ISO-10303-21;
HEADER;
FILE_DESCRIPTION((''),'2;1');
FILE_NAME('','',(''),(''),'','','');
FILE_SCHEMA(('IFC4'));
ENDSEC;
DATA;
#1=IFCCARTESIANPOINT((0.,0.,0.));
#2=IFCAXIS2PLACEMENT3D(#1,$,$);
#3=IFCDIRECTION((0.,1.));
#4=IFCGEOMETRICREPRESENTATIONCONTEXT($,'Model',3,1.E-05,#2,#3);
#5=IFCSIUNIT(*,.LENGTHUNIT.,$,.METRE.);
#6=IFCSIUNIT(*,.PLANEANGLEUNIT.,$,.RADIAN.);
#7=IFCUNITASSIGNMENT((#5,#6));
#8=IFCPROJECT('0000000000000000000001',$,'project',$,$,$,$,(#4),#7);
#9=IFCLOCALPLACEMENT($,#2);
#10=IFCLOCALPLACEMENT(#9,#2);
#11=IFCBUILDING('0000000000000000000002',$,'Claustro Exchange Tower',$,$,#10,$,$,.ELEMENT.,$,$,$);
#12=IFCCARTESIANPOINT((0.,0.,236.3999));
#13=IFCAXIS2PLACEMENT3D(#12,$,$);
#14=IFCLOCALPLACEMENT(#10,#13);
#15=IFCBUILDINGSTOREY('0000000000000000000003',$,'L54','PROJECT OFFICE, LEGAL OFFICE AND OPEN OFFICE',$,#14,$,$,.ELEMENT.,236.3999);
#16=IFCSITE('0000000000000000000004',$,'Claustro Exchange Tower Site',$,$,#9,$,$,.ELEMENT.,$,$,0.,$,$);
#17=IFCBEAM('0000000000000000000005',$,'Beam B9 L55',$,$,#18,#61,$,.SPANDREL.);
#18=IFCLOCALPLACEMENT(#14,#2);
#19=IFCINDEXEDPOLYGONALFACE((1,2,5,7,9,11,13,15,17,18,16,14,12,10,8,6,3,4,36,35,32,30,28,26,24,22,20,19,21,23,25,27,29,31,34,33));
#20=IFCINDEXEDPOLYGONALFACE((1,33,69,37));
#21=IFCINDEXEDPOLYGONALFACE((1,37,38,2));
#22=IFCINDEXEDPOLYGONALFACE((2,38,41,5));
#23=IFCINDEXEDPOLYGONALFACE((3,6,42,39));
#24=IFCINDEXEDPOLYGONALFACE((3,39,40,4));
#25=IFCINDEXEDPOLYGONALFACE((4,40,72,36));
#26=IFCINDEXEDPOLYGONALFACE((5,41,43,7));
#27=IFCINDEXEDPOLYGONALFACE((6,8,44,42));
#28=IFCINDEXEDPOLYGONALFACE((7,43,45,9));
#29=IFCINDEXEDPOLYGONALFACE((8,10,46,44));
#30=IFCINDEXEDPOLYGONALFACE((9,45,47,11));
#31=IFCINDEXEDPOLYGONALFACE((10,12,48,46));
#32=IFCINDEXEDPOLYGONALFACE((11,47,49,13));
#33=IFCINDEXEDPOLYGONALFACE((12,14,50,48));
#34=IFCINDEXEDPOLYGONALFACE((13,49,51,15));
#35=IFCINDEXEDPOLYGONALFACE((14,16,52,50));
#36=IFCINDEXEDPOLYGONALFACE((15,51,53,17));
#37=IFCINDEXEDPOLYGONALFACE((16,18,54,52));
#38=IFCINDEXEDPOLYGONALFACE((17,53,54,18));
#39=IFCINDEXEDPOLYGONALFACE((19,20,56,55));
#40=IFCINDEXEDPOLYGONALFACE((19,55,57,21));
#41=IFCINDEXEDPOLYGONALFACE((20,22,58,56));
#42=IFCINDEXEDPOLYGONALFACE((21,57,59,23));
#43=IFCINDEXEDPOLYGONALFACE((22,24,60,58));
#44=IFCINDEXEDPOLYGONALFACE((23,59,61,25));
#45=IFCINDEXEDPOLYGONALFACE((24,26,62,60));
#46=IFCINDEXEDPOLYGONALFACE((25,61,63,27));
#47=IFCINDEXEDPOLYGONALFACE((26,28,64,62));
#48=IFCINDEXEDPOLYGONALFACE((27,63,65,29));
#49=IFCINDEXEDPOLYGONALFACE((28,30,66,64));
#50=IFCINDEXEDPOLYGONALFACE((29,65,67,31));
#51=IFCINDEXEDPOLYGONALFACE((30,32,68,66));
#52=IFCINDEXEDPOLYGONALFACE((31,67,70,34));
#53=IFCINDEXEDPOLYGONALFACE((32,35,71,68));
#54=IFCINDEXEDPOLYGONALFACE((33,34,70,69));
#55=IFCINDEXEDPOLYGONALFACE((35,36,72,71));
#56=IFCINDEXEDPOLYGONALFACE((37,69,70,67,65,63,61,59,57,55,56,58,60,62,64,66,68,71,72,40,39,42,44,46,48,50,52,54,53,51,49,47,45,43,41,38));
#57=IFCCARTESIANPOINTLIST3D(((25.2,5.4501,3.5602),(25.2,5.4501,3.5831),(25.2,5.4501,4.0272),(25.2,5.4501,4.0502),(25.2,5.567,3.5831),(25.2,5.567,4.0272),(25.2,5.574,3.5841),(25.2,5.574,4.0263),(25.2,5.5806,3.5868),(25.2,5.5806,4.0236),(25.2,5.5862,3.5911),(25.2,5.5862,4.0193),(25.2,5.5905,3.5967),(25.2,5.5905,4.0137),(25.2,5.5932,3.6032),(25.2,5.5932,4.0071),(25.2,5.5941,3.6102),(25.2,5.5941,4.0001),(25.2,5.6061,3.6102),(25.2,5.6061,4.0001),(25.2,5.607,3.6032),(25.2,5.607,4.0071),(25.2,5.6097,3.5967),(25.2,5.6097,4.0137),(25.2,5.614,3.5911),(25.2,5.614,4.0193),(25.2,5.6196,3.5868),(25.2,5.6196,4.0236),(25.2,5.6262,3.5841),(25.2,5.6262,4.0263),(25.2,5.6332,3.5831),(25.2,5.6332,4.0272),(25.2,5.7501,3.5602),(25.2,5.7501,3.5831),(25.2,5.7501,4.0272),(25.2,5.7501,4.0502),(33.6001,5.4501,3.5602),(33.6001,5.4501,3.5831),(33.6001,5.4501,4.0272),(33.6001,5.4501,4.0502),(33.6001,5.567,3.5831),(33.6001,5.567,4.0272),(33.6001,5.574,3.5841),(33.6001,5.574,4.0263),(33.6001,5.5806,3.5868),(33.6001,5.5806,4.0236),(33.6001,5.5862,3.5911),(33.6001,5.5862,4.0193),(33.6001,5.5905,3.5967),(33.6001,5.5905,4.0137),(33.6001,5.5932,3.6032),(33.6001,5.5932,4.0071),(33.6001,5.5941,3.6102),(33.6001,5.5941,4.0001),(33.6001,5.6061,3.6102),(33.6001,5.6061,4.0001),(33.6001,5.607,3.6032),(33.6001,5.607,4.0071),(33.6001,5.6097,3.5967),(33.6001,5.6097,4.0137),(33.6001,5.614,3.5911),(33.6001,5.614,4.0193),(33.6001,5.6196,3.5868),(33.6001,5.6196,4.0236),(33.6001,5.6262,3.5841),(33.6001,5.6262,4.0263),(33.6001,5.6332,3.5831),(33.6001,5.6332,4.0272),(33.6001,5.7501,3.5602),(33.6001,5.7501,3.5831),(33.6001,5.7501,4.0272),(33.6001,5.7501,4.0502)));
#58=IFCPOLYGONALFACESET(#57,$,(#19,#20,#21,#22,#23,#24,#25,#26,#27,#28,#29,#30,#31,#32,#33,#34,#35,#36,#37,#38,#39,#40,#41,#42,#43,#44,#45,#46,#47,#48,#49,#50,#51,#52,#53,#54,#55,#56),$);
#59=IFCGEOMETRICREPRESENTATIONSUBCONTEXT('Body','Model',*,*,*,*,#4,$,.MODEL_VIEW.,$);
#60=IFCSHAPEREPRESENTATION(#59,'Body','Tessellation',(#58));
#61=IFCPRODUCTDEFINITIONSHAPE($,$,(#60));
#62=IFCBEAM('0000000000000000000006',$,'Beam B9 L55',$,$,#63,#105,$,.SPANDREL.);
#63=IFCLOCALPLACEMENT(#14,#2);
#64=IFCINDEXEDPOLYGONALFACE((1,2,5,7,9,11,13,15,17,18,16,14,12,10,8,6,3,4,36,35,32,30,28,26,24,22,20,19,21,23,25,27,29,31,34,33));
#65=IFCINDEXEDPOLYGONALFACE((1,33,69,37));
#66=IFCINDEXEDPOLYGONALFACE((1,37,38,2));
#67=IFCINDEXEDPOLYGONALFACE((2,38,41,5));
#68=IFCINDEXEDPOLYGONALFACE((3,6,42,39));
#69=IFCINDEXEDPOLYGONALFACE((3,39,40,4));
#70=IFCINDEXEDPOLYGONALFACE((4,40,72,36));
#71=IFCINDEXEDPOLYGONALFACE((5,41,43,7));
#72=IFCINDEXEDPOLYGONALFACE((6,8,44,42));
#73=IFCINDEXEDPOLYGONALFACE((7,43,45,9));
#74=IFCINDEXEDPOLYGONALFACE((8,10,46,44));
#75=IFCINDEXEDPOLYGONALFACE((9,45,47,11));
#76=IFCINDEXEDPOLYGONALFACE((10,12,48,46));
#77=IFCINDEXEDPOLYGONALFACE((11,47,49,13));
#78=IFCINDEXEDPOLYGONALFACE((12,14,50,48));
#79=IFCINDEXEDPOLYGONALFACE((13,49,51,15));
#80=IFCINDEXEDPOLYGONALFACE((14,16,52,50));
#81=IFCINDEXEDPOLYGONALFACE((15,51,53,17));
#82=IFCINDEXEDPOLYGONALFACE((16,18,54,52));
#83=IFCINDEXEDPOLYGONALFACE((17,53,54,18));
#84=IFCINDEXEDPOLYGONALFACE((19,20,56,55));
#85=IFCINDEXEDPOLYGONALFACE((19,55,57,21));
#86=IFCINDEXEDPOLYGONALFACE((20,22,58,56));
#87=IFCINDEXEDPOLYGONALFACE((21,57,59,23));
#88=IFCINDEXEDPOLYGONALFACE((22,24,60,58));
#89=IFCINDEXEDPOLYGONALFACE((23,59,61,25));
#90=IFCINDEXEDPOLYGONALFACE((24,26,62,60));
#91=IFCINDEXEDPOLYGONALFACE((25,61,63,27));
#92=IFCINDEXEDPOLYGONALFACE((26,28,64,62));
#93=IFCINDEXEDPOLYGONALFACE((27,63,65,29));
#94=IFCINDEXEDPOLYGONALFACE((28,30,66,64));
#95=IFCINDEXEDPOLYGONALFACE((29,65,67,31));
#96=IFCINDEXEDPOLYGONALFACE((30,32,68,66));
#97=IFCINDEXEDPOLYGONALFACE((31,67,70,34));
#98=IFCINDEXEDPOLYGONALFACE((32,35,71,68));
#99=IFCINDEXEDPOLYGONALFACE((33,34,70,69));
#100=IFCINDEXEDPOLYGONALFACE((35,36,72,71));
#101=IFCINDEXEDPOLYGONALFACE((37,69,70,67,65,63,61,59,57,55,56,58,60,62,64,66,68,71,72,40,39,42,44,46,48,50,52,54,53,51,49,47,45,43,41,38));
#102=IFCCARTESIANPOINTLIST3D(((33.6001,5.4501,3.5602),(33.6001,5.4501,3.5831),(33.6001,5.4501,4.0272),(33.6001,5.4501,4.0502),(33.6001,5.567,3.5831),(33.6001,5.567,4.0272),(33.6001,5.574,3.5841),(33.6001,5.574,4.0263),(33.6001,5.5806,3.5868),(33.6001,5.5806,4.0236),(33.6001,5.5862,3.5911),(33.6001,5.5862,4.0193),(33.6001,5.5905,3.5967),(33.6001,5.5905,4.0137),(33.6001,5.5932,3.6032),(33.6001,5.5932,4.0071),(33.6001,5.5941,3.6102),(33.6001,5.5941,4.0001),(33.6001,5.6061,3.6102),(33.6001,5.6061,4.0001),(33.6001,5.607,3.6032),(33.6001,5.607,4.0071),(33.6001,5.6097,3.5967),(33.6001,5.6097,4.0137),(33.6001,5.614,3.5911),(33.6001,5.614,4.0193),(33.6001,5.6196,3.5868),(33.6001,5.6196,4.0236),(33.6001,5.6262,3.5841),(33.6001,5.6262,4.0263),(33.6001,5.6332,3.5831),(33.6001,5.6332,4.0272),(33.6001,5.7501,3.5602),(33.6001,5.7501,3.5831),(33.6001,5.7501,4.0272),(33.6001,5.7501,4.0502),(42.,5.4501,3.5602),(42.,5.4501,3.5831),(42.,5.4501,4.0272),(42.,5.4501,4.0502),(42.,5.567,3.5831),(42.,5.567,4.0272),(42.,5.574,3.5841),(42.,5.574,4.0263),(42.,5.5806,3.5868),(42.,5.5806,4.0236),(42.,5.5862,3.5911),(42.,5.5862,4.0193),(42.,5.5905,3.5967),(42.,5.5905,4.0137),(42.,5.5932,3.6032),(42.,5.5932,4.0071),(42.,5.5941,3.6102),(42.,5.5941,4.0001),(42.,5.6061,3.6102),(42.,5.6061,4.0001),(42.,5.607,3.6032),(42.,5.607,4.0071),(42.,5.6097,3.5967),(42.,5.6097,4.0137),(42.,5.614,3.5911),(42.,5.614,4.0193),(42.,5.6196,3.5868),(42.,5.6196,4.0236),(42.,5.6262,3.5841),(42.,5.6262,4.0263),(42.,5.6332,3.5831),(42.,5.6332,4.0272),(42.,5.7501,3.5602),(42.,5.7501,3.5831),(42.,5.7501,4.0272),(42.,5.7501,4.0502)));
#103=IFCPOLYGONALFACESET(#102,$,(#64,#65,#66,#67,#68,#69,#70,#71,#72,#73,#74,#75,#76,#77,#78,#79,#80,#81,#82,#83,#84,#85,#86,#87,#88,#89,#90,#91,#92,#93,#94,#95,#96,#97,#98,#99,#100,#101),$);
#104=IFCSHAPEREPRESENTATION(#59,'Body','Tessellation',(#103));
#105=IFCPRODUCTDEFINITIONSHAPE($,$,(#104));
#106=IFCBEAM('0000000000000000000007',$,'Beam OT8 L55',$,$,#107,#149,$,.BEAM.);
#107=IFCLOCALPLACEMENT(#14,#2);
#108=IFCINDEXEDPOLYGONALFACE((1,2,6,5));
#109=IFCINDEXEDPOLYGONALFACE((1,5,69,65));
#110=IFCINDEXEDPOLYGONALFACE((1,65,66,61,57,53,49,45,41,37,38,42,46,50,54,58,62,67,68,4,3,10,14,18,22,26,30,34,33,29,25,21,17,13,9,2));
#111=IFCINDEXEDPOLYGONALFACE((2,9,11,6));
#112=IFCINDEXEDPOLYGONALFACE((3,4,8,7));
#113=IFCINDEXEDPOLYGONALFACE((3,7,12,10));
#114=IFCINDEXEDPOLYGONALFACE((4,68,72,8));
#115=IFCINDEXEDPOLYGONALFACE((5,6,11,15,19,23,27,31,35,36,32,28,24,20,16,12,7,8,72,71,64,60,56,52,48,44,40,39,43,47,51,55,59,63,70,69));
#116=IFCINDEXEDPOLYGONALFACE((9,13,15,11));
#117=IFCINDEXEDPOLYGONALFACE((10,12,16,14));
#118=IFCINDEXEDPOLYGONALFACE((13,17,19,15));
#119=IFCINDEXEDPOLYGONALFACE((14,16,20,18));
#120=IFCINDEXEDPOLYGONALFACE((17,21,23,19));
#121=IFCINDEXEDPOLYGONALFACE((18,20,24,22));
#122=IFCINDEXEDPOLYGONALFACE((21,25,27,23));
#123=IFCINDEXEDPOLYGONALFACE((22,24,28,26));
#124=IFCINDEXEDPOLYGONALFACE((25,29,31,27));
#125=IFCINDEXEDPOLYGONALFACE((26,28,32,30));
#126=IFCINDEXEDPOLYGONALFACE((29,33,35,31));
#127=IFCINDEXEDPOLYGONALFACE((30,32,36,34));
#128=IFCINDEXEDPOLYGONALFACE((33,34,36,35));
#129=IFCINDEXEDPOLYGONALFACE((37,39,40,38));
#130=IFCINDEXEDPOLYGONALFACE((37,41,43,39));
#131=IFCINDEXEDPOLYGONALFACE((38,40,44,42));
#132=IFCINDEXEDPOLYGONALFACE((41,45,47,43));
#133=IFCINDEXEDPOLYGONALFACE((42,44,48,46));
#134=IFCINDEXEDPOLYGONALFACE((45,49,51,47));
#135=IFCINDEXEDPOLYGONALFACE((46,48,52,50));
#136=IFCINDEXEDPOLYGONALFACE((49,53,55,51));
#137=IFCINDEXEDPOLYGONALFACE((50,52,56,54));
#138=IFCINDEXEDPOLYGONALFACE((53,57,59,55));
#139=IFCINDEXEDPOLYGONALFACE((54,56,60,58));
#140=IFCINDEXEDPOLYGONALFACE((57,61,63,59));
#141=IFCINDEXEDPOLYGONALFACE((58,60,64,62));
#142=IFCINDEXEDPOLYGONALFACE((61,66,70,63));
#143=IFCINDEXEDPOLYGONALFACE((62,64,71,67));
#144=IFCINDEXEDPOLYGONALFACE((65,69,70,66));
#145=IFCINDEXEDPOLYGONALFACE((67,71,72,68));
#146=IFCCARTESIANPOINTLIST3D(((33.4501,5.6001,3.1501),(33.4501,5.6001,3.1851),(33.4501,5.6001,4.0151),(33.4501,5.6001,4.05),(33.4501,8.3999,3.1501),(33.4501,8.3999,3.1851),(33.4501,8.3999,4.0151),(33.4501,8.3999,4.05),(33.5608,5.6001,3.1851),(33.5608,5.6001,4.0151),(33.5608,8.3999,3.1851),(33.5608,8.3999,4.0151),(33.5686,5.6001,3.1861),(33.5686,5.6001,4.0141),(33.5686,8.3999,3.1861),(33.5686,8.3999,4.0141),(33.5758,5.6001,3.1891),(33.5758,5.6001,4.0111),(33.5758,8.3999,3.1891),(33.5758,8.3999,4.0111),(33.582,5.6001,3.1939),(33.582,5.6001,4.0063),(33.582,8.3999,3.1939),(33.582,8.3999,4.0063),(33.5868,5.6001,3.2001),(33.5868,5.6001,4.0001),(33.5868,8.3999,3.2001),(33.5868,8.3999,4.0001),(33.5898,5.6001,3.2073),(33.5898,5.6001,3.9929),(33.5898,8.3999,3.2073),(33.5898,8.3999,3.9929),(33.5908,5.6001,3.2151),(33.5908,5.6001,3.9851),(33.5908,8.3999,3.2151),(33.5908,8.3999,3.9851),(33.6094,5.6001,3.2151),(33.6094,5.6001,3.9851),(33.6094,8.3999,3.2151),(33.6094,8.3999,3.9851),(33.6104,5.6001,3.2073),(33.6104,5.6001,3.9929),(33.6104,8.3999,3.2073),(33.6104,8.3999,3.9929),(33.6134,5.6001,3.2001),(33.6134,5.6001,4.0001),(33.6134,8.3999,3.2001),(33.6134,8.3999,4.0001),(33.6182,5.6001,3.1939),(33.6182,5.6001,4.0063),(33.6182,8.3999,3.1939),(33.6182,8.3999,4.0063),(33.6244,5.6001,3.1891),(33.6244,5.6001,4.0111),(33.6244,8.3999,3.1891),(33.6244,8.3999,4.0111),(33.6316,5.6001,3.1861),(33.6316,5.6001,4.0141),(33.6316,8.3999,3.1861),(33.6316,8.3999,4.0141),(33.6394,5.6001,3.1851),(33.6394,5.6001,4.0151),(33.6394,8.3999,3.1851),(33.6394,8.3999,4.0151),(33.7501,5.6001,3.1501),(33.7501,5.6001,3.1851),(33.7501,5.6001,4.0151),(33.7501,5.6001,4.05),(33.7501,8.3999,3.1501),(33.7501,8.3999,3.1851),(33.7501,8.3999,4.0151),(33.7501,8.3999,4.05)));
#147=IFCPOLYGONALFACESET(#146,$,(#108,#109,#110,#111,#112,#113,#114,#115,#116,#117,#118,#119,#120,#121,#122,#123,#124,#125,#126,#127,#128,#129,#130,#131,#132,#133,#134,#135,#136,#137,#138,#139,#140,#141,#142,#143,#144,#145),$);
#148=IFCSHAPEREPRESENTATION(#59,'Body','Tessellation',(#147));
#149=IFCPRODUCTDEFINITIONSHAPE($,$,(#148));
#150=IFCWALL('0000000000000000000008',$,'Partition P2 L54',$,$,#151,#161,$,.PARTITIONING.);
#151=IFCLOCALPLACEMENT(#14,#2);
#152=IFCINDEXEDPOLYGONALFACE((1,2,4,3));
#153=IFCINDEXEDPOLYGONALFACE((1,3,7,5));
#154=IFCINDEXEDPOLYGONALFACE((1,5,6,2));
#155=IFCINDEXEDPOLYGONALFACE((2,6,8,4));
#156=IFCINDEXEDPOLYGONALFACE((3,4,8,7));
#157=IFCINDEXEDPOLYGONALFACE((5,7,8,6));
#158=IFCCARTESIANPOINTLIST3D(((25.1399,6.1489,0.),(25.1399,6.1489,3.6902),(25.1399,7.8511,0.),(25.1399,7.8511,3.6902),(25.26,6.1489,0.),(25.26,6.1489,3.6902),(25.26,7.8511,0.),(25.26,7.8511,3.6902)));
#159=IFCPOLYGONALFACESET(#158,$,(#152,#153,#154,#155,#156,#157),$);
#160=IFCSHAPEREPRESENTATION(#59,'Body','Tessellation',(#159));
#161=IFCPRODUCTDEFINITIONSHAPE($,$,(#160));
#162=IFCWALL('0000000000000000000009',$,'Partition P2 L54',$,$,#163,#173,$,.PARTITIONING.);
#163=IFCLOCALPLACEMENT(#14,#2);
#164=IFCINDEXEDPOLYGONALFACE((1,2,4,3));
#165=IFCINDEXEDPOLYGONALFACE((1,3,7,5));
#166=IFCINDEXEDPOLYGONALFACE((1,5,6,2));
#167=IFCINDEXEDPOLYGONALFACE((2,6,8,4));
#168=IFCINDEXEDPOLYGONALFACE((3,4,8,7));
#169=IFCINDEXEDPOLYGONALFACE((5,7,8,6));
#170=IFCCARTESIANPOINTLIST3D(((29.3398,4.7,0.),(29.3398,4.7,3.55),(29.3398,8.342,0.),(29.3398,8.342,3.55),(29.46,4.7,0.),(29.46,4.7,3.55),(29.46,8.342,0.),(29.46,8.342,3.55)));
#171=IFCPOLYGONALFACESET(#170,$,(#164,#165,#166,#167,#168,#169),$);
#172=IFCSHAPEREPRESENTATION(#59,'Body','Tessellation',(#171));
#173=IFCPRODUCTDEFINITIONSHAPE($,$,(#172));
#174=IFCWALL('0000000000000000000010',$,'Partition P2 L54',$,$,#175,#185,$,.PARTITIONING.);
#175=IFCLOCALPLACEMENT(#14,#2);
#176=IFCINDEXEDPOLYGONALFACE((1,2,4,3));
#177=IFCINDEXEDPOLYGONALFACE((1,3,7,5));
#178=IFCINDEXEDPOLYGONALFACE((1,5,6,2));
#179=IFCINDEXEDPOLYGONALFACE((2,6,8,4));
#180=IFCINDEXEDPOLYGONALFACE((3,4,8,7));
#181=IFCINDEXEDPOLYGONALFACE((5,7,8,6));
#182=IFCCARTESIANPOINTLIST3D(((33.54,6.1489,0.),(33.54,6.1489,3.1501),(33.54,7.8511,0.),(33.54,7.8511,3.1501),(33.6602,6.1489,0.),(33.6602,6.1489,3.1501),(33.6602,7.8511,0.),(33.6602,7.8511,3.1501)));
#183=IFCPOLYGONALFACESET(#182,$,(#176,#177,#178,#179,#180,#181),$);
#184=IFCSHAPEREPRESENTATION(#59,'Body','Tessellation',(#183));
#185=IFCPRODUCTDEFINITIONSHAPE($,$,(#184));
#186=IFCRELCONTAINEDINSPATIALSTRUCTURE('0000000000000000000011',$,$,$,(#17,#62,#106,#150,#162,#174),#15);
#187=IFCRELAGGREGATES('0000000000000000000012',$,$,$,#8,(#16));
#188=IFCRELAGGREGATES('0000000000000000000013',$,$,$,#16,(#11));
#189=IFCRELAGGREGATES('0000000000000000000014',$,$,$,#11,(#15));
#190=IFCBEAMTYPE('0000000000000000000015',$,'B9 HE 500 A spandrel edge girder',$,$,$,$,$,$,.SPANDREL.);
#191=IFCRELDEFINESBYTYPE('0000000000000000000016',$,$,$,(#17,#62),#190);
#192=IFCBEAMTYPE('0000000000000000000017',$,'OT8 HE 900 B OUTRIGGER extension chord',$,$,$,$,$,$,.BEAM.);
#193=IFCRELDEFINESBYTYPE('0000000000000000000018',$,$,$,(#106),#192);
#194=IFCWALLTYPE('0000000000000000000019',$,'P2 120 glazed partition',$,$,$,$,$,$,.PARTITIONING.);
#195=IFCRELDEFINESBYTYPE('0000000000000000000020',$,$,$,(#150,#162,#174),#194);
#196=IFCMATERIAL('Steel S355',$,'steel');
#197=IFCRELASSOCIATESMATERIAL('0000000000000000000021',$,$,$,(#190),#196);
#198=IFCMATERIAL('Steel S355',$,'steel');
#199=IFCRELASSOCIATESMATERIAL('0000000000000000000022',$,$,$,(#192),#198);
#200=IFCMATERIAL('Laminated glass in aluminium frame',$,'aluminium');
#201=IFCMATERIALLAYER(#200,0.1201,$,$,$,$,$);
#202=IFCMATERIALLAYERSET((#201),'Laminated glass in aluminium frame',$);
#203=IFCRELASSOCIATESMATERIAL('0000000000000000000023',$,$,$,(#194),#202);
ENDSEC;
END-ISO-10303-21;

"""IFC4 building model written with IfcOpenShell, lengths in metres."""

from ifc_helpers import new_model, si_unit, direction, frame, frame_2d, origin, origin_2d, place, context, subcontext, project, spatial, rectangle, i_section, extrude, material, layer, layer_set, material_profile, profile_set, type_object, element, save


model = new_model("IFC4")

# Units and contexts
model_context = context("Model", 3, precision=1e-05, world=origin(), true_north=direction((0.0, 1.0)))
body_context = subcontext(model_context, "Body", "Model", "MODEL_VIEW")
ifc_project = project(units=[si_unit("LENGTHUNIT", "METRE"), si_unit("PLANEANGLEUNIT", "RADIAN")], contexts=[model_context])

# Site, building, storey
site_placement = place(None, origin())
site = spatial("IfcSite", under=ifc_project, at=site_placement, Name="Claustro Exchange Tower Site", CompositionType="ELEMENT", RefElevation=0.0)
building_placement = place(site_placement, origin())
building = spatial("IfcBuilding", under=site, at=building_placement, Name="Claustro Exchange Tower", CompositionType="ELEMENT")
storey_placement = place(building_placement, frame((0.0, 0.0, 236.3999)))
storey = spatial("IfcBuildingStorey", under=building, at=storey_placement, Name="L54", Description="PROJECT OFFICE, LEGAL OFFICE AND OPEN OFFICE", CompositionType="ELEMENT", Elevation=236.3999)

# Beams
ifc_material_1 = material(Name="Steel S355", Category="steel")
ifc_material_profile_1 = material_profile(ifc_material_1, i_section(OverallWidth=0.3, OverallDepth=0.49, WebThickness=0.012, FlangeThickness=0.0229, FilletRadius=0.0271, at=origin_2d()), Name="HE 500 A")
ifc_profile_set_1 = profile_set([ifc_material_profile_1], Name="Steel S355")
beam_type_1 = type_object("IfcBeamType", Name="B9 HE 500 A spandrel edge girder", PredefinedType="SPANDREL", material=ifc_profile_set_1)
beam_1_placement = place(storey_placement, frame((25.2, 5.6001, 3.8052), z_axis=(1.0, 0.0, 0.0), x_axis=(0.0, 1.0, 0.0)))
element("IfcBeam", 1, at=beam_1_placement, inside=storey, type_object=beam_type_1, Name="Beam B9 L55", PredefinedType="SPANDREL", context=body_context, shape_type="SweptSolid", body=[
    extrude(i_section(OverallWidth=0.3, OverallDepth=0.49, WebThickness=0.012, FlangeThickness=0.0229, FilletRadius=0.0271, at=origin_2d()), origin(), (0.0, 0.0, 1.0), 8.4001),
])
beam_2_placement = place(storey_placement, frame((33.6001, 5.6001, 3.8052), z_axis=(1.0, 0.0, 0.0), x_axis=(0.0, 1.0, 0.0)))
element("IfcBeam", 2, at=beam_2_placement, inside=storey, type_object=beam_type_1, Name="Beam B9 L55", PredefinedType="SPANDREL", context=body_context, shape_type="SweptSolid", body=[
    extrude(i_section(OverallWidth=0.3, OverallDepth=0.49, WebThickness=0.012, FlangeThickness=0.0229, FilletRadius=0.0271, at=origin_2d()), origin(), (0.0, 0.0, 1.0), 8.3999),
])
ifc_material_2 = material(Name="Steel S355", Category="steel")
ifc_material_profile_2 = material_profile(ifc_material_2, i_section(OverallWidth=0.3, OverallDepth=0.8999, WebThickness=0.0186, FlangeThickness=0.0349, FilletRadius=0.03, at=origin_2d()), Name="HE 900 B")
ifc_profile_set_2 = profile_set([ifc_material_profile_2], Name="Steel S355")
beam_type_2 = type_object("IfcBeamType", Name="OT8 HE 900 B OUTRIGGER extension chord", PredefinedType="BEAM", material=ifc_profile_set_2)
beam_3_placement = place(storey_placement, frame((33.6001, 5.6001, 3.6001), z_axis=(0.0, 1.0, 0.0), x_axis=(-1.0, 0.0, 0.0)))
element("IfcBeam", 3, at=beam_3_placement, inside=storey, type_object=beam_type_2, Name="Beam OT8 L55", PredefinedType="BEAM", context=body_context, shape_type="SweptSolid", body=[
    extrude(i_section(OverallWidth=0.3, OverallDepth=0.8999, WebThickness=0.0186, FlangeThickness=0.0349, FilletRadius=0.03, at=origin_2d()), origin(), (0.0, 0.0, 1.0), 2.7998),
])

# Shared definitions
ifc_material_3 = material(Name="Laminated glass in aluminium frame", Category="aluminium")
ifc_layer_1 = layer(ifc_material_3, 0.1201)
ifc_layer_set_1 = layer_set([ifc_layer_1], Name="Laminated glass in aluminium frame")
wall_type_1 = type_object("IfcWallType", Name="P2 120 glazed partition", PredefinedType="PARTITIONING", material=ifc_layer_set_1)

# Walls
wall_1_placement = place(storey_placement, frame((25.2, 6.1489, 0.0), z_axis=(0.0, 0.0, 1.0), x_axis=(0.0, 1.0, 0.0)))
element("IfcWall", 4, at=wall_1_placement, inside=storey, type_object=wall_type_1, Name="Partition P2 L54", PredefinedType="PARTITIONING", context=body_context, shape_type="SweptSolid", body=[
    extrude(rectangle(XDim=1.7021, YDim=0.1201, at=frame_2d((0.8511, 0.0))), origin(), (0.0, 0.0, 1.0), 3.6902),
])
wall_2_placement = place(storey_placement, frame((29.3999, 4.7, 0.0), z_axis=(0.0, 0.0, 1.0), x_axis=(0.0, 1.0, 0.0)))
element("IfcWall", 5, at=wall_2_placement, inside=storey, type_object=wall_type_1, Name="Partition P2 L54", PredefinedType="PARTITIONING", context=body_context, shape_type="SweptSolid", body=[
    extrude(rectangle(XDim=3.6421, YDim=0.1201, at=frame_2d((1.821, 0.0))), origin(), (0.0, 0.0, 1.0), 3.55),
])
wall_3_placement = place(storey_placement, frame((33.6001, 6.1489, 0.0), z_axis=(0.0, 0.0, 1.0), x_axis=(0.0, 1.0, 0.0)))
element("IfcWall", 6, at=wall_3_placement, inside=storey, type_object=wall_type_1, Name="Partition P2 L54", PredefinedType="PARTITIONING", context=body_context, shape_type="SweptSolid", body=[
    extrude(rectangle(XDim=1.7021, YDim=0.1201, at=frame_2d((0.8511, 0.0))), origin(), (0.0, 0.0, 1.0), 3.1501),
])

save(model, "model.ifc")
